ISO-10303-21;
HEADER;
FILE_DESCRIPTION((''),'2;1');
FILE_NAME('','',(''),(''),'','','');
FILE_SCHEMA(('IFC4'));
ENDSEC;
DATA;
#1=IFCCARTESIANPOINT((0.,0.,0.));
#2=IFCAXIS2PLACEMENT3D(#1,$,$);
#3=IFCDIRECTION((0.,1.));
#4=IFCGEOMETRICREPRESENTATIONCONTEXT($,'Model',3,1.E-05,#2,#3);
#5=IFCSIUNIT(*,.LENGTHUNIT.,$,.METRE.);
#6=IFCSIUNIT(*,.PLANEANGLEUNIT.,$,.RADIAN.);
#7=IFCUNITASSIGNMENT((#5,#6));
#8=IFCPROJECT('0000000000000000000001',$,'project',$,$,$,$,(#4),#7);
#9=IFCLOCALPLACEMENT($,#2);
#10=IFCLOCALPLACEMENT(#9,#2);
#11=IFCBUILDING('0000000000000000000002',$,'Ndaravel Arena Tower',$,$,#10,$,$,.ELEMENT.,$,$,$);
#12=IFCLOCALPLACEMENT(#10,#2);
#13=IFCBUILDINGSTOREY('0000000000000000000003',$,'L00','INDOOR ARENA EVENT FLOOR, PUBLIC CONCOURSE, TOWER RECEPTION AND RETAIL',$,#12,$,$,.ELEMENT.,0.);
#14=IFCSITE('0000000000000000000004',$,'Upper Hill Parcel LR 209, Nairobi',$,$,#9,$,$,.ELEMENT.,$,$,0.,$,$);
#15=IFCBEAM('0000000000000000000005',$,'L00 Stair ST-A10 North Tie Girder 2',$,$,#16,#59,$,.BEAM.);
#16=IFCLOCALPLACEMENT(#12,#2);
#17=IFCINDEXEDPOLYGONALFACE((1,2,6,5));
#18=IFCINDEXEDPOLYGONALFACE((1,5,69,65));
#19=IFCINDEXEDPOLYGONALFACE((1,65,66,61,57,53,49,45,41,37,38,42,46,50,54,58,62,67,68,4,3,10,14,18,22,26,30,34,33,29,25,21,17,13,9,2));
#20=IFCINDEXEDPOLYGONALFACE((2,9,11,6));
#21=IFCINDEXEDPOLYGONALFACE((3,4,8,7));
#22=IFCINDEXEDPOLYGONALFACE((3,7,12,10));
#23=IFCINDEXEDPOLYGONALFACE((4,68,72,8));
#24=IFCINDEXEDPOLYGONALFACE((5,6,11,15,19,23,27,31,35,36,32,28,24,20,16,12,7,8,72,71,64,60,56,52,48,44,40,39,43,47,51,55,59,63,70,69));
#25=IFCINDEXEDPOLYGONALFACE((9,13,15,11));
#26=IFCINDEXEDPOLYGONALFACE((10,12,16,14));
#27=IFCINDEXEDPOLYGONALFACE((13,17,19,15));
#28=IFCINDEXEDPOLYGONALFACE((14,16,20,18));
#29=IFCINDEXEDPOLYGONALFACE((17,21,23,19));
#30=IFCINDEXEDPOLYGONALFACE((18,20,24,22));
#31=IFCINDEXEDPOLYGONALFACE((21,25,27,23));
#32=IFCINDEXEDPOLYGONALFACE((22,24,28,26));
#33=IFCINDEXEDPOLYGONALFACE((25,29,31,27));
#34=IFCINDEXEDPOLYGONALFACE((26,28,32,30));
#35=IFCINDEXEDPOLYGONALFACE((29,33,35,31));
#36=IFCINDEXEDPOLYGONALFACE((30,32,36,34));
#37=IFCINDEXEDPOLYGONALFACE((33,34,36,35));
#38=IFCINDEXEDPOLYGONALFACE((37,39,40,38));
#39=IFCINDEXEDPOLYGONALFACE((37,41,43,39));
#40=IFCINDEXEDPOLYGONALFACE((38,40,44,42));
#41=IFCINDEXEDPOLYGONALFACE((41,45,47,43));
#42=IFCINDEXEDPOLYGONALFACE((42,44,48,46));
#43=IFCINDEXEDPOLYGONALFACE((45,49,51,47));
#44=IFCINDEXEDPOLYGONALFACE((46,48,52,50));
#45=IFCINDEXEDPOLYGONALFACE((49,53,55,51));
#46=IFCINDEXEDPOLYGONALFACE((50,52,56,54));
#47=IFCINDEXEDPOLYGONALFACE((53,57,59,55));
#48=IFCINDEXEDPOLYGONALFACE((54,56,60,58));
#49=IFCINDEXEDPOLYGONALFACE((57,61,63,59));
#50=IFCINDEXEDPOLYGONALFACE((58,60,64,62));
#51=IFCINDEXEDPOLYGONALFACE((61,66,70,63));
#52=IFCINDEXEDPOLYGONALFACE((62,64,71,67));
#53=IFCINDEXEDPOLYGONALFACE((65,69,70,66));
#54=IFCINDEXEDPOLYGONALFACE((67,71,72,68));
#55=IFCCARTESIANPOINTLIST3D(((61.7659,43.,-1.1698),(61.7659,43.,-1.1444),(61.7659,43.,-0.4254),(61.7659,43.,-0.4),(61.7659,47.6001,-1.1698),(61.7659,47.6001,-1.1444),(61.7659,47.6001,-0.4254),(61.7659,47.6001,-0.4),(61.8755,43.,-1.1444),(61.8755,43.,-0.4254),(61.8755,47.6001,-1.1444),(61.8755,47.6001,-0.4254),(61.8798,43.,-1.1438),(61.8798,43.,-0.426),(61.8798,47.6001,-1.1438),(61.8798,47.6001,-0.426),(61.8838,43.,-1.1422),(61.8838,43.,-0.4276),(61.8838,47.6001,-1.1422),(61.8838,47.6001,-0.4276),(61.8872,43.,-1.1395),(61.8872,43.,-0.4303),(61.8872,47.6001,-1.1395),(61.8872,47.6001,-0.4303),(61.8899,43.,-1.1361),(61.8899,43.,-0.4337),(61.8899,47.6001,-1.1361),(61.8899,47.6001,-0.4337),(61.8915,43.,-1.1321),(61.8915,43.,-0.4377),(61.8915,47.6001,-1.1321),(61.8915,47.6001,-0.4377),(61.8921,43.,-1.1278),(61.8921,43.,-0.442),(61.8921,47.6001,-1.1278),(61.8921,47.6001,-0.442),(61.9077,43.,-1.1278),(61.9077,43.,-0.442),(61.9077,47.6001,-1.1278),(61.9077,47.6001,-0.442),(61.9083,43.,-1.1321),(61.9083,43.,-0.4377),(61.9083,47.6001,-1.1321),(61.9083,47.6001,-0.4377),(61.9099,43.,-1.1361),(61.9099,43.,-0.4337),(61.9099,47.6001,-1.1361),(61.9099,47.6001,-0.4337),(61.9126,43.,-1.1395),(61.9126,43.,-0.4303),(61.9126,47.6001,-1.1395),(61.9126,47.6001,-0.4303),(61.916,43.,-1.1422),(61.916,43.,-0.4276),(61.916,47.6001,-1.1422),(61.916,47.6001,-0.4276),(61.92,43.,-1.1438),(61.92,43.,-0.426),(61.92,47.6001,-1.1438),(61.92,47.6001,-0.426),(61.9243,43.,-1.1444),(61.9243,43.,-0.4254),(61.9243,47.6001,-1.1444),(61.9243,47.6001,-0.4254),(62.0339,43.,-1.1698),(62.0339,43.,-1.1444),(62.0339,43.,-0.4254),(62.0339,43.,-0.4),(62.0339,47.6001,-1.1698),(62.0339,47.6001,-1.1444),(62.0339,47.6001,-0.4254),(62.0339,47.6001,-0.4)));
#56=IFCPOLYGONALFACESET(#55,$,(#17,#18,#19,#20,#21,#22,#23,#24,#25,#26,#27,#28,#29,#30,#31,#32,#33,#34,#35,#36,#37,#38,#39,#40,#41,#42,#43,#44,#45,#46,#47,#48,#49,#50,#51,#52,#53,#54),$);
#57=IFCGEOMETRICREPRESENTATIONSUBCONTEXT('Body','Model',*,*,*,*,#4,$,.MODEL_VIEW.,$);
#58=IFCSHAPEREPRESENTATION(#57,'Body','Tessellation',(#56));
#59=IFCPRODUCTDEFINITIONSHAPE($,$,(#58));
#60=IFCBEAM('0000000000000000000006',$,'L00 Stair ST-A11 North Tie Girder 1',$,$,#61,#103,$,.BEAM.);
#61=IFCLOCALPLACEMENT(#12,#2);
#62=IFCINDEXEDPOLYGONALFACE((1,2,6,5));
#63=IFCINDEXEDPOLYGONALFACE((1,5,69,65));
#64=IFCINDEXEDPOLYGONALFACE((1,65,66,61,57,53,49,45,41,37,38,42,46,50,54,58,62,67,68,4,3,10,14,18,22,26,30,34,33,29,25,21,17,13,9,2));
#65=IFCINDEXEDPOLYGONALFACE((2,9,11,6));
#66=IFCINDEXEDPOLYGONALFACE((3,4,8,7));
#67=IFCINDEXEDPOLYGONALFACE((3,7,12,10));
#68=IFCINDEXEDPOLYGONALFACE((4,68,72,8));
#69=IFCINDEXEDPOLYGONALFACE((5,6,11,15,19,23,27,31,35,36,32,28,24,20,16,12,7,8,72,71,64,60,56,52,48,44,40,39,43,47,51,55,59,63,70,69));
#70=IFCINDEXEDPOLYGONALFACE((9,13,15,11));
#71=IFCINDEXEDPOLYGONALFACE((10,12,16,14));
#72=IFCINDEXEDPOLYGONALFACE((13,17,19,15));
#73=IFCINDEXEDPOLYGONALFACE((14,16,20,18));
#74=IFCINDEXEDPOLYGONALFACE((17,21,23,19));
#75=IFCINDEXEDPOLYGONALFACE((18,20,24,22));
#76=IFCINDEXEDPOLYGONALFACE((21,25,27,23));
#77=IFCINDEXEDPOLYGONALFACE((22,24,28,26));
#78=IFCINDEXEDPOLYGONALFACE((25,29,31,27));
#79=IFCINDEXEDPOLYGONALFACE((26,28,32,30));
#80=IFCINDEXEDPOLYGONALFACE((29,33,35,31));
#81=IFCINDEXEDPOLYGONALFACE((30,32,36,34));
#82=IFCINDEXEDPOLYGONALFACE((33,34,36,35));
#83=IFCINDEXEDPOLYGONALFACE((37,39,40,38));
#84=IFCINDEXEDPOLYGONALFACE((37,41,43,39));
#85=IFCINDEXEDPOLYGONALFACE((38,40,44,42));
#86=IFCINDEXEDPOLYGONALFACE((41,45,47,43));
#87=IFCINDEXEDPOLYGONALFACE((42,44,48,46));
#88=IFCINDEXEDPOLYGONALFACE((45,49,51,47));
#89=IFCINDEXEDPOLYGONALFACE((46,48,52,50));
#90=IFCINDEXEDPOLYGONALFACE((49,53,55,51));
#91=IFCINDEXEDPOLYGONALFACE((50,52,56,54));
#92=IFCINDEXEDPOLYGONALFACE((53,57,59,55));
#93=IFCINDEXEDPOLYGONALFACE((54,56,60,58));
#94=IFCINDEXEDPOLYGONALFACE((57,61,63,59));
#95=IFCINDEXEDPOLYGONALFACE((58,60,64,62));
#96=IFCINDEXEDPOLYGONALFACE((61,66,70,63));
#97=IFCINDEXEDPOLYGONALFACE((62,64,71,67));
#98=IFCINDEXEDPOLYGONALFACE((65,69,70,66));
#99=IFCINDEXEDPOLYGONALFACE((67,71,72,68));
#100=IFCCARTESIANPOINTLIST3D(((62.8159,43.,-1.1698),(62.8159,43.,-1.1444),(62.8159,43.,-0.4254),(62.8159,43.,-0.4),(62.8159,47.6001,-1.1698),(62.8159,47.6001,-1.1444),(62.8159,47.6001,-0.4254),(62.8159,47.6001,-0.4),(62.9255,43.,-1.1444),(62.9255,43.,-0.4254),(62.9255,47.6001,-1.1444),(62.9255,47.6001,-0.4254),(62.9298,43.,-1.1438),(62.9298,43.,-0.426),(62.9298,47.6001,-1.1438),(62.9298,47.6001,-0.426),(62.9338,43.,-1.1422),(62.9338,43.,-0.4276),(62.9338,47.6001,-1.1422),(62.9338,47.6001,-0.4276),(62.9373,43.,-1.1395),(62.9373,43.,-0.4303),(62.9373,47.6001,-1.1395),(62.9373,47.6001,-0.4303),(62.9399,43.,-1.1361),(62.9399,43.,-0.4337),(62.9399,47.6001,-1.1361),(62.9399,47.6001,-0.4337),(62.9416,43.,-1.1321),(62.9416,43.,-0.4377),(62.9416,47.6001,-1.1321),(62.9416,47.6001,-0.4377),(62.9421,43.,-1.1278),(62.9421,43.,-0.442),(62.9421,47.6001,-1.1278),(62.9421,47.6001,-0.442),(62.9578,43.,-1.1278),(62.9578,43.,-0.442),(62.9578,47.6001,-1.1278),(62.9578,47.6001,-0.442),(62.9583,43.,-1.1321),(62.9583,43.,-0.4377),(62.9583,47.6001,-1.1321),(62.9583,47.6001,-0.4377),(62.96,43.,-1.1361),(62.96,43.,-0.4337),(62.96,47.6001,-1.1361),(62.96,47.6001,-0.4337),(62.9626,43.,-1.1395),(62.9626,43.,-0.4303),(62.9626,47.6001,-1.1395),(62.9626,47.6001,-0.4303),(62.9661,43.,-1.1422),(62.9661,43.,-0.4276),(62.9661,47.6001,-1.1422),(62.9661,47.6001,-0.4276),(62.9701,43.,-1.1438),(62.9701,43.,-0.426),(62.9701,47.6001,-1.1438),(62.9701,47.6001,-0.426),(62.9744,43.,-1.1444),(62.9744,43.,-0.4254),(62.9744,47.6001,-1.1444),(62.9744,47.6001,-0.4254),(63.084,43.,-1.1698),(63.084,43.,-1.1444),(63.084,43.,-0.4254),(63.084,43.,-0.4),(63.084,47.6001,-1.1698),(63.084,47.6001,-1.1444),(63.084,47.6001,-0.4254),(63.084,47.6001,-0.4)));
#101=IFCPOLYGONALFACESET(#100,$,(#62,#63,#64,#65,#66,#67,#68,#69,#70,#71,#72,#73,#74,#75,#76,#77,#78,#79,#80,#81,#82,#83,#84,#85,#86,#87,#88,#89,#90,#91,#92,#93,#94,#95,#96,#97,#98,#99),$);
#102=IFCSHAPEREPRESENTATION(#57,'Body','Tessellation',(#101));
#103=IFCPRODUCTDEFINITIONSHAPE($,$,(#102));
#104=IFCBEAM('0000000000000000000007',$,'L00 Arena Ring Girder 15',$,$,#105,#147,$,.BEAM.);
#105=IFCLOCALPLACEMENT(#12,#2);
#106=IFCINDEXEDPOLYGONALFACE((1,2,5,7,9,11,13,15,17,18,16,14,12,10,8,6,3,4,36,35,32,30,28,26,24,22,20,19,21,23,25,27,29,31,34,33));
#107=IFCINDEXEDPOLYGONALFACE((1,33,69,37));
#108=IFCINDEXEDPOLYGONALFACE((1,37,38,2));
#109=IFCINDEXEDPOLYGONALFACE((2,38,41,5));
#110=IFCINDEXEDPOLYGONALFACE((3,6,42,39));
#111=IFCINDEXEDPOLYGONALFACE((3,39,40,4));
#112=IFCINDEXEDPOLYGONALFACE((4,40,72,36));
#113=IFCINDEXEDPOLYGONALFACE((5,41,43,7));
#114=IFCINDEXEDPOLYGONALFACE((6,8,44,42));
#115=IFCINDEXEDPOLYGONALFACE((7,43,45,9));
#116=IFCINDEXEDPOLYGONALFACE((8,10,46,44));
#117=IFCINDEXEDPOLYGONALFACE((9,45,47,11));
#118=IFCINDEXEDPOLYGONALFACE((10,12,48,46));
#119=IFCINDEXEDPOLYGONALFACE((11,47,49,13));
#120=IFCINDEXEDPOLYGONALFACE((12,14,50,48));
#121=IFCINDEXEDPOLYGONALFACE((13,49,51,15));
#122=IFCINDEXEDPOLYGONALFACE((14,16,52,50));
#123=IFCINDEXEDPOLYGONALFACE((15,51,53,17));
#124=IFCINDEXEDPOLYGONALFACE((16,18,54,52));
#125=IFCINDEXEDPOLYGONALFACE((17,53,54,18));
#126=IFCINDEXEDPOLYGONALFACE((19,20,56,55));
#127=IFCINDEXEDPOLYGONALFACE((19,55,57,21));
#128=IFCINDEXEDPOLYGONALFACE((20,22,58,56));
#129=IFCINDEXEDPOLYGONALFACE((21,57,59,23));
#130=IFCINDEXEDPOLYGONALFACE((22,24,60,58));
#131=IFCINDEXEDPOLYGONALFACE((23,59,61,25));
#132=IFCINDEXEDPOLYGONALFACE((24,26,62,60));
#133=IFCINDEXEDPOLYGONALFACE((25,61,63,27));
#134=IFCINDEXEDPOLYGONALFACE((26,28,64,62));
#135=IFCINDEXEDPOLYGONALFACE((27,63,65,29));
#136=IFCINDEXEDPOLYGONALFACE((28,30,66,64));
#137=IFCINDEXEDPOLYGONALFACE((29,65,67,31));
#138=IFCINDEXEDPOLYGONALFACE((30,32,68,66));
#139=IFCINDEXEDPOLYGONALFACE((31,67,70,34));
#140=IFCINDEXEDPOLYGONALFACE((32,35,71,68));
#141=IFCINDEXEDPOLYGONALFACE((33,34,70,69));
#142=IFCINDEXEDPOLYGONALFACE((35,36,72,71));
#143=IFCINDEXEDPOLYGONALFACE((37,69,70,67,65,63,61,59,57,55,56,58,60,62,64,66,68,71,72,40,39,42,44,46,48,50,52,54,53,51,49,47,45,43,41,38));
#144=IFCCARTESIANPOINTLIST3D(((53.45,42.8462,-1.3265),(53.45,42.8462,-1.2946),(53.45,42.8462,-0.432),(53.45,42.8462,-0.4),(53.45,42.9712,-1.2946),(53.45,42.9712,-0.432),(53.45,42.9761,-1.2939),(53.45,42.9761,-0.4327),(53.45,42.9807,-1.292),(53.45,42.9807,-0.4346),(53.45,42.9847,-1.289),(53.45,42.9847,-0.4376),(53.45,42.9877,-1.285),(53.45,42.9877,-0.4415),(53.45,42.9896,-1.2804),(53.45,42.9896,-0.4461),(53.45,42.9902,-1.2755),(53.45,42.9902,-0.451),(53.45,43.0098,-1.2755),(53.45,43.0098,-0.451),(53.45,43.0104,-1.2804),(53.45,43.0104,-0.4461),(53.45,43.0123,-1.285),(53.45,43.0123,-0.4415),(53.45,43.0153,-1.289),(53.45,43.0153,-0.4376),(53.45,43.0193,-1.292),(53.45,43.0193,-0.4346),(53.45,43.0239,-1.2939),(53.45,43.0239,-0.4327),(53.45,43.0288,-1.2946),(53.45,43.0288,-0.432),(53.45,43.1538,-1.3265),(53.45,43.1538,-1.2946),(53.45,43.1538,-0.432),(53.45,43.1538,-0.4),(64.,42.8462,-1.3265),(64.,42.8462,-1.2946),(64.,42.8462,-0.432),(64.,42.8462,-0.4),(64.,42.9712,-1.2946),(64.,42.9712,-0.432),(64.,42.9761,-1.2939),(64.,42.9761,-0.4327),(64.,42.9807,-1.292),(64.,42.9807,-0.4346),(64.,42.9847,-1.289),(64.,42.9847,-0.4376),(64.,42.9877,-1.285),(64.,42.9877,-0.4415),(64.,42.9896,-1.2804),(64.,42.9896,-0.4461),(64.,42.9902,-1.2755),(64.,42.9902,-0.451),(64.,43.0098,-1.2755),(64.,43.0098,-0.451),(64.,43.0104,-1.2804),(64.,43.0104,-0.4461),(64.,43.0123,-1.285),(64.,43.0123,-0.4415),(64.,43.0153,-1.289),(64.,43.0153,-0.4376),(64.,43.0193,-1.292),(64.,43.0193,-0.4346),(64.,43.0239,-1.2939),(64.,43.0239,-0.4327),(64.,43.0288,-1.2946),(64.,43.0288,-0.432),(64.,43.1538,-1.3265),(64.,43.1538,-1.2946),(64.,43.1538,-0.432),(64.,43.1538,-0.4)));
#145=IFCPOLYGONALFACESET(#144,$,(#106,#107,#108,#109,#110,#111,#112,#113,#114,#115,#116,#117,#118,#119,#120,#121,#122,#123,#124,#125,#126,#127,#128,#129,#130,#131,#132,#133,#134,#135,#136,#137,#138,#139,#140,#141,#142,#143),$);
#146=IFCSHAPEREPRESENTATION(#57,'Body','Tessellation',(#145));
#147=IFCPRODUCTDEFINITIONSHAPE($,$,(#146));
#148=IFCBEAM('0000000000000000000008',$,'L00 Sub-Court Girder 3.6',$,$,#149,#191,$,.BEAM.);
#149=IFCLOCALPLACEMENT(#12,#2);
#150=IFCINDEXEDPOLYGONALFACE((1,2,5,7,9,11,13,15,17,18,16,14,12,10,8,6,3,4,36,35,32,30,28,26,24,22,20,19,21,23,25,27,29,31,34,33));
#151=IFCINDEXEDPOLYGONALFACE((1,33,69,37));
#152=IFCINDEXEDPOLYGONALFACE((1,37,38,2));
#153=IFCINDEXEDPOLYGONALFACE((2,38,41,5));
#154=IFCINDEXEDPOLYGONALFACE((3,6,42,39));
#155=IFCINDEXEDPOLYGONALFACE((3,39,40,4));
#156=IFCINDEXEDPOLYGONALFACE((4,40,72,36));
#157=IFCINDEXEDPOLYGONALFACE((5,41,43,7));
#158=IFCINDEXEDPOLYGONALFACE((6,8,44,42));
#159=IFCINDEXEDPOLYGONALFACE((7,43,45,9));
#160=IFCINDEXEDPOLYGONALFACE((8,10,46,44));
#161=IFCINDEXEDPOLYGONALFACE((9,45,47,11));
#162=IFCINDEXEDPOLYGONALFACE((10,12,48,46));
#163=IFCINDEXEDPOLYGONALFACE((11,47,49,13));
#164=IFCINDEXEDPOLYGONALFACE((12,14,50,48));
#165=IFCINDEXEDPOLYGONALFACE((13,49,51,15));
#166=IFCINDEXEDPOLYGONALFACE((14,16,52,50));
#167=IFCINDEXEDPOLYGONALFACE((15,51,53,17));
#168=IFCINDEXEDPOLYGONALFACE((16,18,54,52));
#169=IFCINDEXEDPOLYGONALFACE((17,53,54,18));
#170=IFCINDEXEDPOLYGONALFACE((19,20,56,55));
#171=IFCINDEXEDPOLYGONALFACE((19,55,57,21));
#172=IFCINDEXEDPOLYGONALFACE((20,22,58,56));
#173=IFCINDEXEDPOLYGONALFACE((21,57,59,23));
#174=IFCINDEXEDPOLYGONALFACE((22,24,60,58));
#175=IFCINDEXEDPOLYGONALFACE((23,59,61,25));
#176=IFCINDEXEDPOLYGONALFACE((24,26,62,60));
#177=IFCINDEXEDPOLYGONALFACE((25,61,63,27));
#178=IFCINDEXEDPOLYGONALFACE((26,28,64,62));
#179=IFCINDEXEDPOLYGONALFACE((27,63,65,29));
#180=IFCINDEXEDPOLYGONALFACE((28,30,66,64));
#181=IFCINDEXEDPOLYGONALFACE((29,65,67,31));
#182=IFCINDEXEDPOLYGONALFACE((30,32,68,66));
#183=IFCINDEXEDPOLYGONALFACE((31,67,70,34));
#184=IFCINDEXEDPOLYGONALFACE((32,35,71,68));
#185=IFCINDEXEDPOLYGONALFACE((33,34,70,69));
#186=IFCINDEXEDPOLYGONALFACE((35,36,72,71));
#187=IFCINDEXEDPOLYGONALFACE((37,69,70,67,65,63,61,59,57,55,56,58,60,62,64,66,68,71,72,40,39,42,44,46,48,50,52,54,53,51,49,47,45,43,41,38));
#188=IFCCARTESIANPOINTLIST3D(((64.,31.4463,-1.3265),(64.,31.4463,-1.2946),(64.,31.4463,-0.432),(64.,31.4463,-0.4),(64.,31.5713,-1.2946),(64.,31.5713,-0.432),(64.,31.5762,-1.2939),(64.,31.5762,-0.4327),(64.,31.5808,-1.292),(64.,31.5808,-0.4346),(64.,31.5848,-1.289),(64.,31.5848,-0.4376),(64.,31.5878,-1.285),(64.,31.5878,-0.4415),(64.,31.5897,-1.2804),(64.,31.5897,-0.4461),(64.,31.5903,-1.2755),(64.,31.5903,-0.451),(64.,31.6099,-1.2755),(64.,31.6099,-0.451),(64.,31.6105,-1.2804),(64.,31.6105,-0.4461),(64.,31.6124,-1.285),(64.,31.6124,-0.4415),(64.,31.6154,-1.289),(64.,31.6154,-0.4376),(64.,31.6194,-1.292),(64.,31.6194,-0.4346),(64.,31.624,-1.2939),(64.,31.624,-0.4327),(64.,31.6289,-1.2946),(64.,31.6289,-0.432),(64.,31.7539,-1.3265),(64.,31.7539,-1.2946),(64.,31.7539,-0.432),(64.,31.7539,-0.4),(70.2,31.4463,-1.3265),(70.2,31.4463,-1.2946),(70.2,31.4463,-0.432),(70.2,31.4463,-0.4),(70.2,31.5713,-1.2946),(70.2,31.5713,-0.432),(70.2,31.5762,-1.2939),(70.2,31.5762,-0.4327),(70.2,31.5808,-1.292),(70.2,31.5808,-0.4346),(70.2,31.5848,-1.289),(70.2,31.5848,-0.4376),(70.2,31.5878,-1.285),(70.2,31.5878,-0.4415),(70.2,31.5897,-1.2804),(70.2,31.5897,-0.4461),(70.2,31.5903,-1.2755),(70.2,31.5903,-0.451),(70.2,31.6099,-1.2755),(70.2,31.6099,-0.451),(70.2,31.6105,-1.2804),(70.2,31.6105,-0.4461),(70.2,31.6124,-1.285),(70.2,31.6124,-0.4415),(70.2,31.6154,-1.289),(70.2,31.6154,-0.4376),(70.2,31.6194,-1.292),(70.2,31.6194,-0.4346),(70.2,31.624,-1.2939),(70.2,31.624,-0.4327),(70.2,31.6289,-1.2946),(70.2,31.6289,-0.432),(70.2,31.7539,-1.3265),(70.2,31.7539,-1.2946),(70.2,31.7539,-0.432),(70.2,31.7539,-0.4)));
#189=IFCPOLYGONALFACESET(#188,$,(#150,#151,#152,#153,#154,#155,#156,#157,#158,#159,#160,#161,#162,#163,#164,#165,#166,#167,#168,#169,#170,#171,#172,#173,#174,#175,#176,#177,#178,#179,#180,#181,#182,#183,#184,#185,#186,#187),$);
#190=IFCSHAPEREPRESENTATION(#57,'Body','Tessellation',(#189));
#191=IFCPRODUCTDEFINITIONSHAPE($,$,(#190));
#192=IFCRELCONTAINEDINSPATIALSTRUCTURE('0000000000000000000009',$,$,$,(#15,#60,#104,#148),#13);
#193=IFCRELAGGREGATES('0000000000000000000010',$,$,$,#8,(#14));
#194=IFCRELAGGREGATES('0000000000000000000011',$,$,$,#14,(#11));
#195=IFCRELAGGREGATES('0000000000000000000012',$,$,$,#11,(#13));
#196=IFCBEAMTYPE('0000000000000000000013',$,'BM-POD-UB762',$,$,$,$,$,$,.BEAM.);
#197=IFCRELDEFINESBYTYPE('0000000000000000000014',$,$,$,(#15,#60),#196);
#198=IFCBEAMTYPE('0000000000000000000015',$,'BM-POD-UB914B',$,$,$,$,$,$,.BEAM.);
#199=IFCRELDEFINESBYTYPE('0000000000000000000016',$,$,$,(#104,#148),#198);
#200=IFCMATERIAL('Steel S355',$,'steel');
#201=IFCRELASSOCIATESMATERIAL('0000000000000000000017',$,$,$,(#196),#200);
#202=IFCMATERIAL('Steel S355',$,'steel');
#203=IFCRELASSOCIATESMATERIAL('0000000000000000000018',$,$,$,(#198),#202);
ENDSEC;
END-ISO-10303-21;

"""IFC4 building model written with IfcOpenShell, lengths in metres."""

from ifc_helpers import new_model, si_unit, direction, frame, origin, origin_2d, place, context, subcontext, project, spatial, i_section, extrude, material, material_profile, profile_set, type_object, element, save


model = new_model("IFC4")

# Units and contexts
model_context = context("Model", 3, precision=1e-05, world=origin(), true_north=direction((0.0, 1.0)))
body_context = subcontext(model_context, "Body", "Model", "MODEL_VIEW")
ifc_project = project(units=[si_unit("LENGTHUNIT", "METRE"), si_unit("PLANEANGLEUNIT", "RADIAN")], contexts=[model_context])

# Site, building, storey
site_placement = place(None, origin())
site = spatial("IfcSite", under=ifc_project, at=site_placement, Name="Upper Hill Parcel LR 209, Nairobi", CompositionType="ELEMENT", RefElevation=0.0)
building_placement = place(site_placement, origin())
building = spatial("IfcBuilding", under=site, at=building_placement, Name="Ndaravel Arena Tower", CompositionType="ELEMENT")
storey_placement = place(building_placement, origin())
storey = spatial("IfcBuildingStorey", under=building, at=storey_placement, Name="L00", Description="INDOOR ARENA EVENT FLOOR, PUBLIC CONCOURSE, TOWER RECEPTION AND RETAIL", CompositionType="ELEMENT", Elevation=0.0)

# Beams
ifc_material_1 = material(Name="Steel S355", Category="steel")
ifc_material_profile_1 = material_profile(ifc_material_1, i_section(OverallWidth=0.2681, OverallDepth=0.7698, WebThickness=0.0156, FlangeThickness=0.0254, FilletRadius=0.0166, at=origin_2d()), Name="UB 762x267x197")
ifc_profile_set_1 = profile_set([ifc_material_profile_1], Name="Steel S355")
beam_type_1 = type_object("IfcBeamType", Name="BM-POD-UB762", PredefinedType="BEAM", material=ifc_profile_set_1)
for number, where, z_axis, x_axis, name in (
    (1, (61.8999, 43.0, -0.7849), (0.0, 1.0, 0.0), (-1.0, 0.0, 0.0), "L00 Stair ST-A10 North Tie Girder 2"),
    (2, (62.95, 43.0, -0.7849), (0.0, 1.0, 0.0), (-1.0, 0.0, 0.0), "L00 Stair ST-A11 North Tie Girder 1"),
):
    element("IfcBeam", number, at=place(storey_placement, frame(where, z_axis=z_axis, x_axis=x_axis)), inside=storey, type_object=beam_type_1, Name=name, PredefinedType="BEAM", context=body_context, shape_type="SweptSolid", body=[
        extrude(i_section(OverallWidth=0.2681, OverallDepth=0.7698, WebThickness=0.0156, FlangeThickness=0.0254, FilletRadius=0.0166, at=origin_2d()), origin(), (0.0, 0.0, 1.0), 4.6001),
    ])
ifc_material_2 = material(Name="Steel S355", Category="steel")
ifc_material_profile_2 = material_profile(ifc_material_2, i_section(OverallWidth=0.3076, OverallDepth=0.9265, WebThickness=0.0195, FlangeThickness=0.032, FilletRadius=0.019, at=origin_2d()), Name="UB 914x305x289")
ifc_profile_set_2 = profile_set([ifc_material_profile_2], Name="Steel S355")
beam_type_2 = type_object("IfcBeamType", Name="BM-POD-UB914B", PredefinedType="BEAM", material=ifc_profile_set_2)
beam_1_placement = place(storey_placement, frame((53.45, 43.0, -0.8633), z_axis=(1.0, 0.0, 0.0), x_axis=(0.0, 1.0, 0.0)))
element("IfcBeam", 3, at=beam_1_placement, inside=storey, type_object=beam_type_2, Name="L00 Arena Ring Girder 15", PredefinedType="BEAM", context=body_context, shape_type="SweptSolid", body=[
    extrude(i_section(OverallWidth=0.3076, OverallDepth=0.9265, WebThickness=0.0195, FlangeThickness=0.032, FilletRadius=0.019, at=origin_2d()), origin(), (0.0, 0.0, 1.0), 10.55),
])
beam_2_placement = place(storey_placement, frame((64.0, 31.6001, -0.8633), z_axis=(1.0, 0.0, 0.0), x_axis=(0.0, 1.0, 0.0)))
element("IfcBeam", 4, at=beam_2_placement, inside=storey, type_object=beam_type_2, Name="L00 Sub-Court Girder 3.6", PredefinedType="BEAM", context=body_context, shape_type="SweptSolid", body=[
    extrude(i_section(OverallWidth=0.3076, OverallDepth=0.9265, WebThickness=0.0195, FlangeThickness=0.032, FilletRadius=0.019, at=origin_2d()), origin(), (0.0, 0.0, 1.0), 6.2),
])

save(model, "model.ifc")
